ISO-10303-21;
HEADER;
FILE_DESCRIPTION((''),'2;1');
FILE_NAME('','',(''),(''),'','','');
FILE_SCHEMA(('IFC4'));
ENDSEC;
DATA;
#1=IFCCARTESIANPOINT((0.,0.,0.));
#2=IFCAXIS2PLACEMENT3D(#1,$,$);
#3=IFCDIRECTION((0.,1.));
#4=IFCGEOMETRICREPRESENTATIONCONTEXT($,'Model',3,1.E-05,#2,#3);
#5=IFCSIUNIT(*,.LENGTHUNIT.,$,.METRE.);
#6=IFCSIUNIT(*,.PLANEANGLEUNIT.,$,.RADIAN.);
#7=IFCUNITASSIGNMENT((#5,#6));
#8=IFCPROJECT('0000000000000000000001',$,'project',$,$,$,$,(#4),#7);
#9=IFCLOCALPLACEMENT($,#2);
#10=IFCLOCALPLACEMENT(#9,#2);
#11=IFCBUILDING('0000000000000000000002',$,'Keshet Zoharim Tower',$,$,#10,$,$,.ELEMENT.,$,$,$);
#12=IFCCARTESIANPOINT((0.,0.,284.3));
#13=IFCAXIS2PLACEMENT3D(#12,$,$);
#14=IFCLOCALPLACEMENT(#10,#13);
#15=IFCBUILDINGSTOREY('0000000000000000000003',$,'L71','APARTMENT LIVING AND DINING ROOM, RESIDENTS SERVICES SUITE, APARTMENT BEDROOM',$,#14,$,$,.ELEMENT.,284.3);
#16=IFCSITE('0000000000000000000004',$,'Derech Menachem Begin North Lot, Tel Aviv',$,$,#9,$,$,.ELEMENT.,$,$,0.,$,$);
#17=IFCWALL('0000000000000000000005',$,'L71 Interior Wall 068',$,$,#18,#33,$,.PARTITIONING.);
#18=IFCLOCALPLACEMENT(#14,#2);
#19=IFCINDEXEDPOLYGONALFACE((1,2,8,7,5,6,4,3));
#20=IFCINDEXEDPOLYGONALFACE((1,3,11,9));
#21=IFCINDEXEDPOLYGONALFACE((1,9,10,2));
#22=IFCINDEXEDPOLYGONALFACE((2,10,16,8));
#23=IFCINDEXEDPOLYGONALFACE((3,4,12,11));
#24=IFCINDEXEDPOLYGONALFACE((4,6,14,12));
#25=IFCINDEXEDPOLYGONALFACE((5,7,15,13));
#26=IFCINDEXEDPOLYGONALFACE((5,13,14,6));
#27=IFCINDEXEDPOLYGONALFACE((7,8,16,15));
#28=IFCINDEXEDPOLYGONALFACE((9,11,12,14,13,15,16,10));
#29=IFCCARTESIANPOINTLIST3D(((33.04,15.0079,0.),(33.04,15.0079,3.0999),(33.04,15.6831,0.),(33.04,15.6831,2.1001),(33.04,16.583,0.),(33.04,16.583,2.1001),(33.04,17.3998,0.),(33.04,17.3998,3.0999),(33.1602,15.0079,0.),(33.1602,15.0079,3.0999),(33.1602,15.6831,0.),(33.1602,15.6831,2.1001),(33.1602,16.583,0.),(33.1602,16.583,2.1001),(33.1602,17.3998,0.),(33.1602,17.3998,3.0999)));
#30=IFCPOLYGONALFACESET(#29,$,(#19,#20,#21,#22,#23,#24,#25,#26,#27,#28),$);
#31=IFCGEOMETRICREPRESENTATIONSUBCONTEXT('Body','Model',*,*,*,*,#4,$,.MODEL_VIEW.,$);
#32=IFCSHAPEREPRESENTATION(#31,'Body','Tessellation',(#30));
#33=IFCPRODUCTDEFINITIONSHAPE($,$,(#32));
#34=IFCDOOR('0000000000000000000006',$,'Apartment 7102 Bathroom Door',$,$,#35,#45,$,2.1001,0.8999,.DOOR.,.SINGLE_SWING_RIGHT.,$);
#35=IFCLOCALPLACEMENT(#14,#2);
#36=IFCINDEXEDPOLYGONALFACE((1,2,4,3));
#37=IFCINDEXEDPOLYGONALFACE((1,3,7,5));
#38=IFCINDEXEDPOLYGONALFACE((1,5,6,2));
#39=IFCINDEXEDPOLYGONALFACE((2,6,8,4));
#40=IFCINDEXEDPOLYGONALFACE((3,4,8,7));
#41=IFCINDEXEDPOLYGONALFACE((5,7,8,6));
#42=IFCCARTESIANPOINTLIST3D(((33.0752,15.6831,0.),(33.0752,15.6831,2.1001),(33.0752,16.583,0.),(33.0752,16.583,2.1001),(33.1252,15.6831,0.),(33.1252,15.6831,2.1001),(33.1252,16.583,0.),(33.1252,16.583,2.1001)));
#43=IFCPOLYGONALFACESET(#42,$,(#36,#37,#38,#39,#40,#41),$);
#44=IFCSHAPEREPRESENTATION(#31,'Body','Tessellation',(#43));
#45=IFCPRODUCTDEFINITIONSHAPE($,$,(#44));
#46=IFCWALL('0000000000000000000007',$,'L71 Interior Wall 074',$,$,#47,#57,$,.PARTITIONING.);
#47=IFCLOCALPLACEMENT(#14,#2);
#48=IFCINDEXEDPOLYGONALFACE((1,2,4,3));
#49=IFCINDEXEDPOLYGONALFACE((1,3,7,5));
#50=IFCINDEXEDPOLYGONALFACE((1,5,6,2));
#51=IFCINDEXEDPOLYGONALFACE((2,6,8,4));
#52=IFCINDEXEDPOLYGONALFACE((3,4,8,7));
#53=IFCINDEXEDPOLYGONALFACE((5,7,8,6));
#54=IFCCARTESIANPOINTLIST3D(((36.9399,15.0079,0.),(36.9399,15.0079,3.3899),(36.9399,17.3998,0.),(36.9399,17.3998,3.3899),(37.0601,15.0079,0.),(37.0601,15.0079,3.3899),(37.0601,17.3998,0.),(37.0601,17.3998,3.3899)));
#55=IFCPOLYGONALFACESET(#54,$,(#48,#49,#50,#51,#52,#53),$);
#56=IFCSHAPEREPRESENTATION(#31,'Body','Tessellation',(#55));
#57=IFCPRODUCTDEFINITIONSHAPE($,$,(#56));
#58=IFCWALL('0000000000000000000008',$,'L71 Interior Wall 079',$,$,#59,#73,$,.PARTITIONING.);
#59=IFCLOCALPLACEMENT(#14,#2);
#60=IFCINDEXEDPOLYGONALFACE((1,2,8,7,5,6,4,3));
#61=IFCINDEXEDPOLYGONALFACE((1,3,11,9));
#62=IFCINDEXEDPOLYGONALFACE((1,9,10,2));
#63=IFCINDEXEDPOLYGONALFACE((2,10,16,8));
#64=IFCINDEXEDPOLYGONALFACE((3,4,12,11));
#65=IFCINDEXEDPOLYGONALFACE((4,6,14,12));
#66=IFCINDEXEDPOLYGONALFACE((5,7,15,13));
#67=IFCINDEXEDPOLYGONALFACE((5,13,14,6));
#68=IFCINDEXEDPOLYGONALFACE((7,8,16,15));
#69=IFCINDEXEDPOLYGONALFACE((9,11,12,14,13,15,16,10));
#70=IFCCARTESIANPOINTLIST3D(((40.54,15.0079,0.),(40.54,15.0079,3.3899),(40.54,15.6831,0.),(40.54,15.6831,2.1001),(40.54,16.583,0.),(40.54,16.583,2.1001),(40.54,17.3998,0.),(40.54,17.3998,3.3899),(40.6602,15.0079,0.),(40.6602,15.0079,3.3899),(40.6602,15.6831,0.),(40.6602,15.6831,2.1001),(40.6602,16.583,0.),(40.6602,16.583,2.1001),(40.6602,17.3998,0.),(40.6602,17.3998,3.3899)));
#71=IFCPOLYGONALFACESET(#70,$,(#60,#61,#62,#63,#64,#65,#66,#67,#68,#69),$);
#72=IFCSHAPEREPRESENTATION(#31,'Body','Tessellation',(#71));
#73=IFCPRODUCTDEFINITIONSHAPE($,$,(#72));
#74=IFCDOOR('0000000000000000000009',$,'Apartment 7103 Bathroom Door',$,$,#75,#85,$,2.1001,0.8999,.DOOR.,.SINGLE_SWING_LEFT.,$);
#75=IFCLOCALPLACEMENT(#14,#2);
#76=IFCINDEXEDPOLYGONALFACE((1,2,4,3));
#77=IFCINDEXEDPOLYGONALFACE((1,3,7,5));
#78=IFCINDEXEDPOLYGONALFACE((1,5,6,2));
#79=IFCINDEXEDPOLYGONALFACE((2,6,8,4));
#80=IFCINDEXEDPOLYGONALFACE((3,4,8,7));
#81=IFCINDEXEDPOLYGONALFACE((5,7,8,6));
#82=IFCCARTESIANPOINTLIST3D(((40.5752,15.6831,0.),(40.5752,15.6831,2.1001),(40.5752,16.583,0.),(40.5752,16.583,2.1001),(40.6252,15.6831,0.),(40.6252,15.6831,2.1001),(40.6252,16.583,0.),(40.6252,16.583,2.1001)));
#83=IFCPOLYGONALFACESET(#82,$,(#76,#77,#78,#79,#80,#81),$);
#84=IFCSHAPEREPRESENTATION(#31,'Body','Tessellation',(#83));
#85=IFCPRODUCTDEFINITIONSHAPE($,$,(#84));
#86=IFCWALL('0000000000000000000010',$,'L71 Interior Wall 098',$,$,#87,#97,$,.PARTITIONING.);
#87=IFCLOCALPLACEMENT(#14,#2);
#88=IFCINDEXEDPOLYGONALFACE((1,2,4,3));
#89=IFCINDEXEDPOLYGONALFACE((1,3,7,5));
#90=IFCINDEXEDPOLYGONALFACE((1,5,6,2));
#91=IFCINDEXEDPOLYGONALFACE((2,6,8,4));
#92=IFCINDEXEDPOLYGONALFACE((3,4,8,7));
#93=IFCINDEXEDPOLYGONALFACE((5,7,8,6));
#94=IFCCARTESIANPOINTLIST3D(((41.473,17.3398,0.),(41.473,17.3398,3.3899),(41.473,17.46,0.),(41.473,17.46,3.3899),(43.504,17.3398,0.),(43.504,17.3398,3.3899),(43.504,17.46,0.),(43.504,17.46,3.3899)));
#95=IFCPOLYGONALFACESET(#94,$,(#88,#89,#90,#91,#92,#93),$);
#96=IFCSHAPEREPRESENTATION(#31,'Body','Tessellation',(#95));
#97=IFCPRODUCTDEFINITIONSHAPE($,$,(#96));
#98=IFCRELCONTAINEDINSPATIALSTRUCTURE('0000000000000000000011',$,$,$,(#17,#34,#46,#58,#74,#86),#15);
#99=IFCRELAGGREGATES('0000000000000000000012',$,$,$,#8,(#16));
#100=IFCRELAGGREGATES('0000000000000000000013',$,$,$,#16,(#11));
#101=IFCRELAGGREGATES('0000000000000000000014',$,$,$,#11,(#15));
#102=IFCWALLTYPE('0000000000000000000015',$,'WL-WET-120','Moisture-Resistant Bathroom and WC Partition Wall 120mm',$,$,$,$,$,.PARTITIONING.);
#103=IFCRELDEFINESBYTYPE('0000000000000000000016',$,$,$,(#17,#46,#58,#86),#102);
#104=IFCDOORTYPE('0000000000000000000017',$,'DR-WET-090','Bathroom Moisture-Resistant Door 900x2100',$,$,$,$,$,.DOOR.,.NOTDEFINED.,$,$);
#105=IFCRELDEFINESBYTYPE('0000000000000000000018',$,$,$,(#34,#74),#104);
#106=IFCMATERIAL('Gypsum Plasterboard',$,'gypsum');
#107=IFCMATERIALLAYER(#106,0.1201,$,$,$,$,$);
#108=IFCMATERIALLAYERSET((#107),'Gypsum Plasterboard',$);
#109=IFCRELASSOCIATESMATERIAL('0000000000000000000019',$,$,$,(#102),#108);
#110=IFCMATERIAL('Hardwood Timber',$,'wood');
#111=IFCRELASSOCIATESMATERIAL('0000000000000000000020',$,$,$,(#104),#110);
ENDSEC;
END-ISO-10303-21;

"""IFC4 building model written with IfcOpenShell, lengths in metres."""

from ifc_helpers import new_model, si_unit, direction, frame, frame_2d, origin, place, context, subcontext, project, spatial, rectangle, extrude, material, layer, layer_set, type_object, element, fill, save


model = new_model("IFC4")

# Units and contexts
model_context = context("Model", 3, precision=1e-05, world=origin(), true_north=direction((0.0, 1.0)))
body_context = subcontext(model_context, "Body", "Model", "MODEL_VIEW")
ifc_project = project(units=[si_unit("LENGTHUNIT", "METRE"), si_unit("PLANEANGLEUNIT", "RADIAN")], contexts=[model_context])

# Site, building, storey
site_placement = place(None, origin())
site = spatial("IfcSite", under=ifc_project, at=site_placement, Name="Derech Menachem Begin North Lot, Tel Aviv", CompositionType="ELEMENT", RefElevation=0.0)
building_placement = place(site_placement, origin())
building = spatial("IfcBuilding", under=site, at=building_placement, Name="Keshet Zoharim Tower", CompositionType="ELEMENT")
storey_placement = place(building_placement, frame((0.0, 0.0, 284.3)))
storey = spatial("IfcBuildingStorey", under=building, at=storey_placement, Name="L71", Description="APARTMENT LIVING AND DINING ROOM, RESIDENTS SERVICES SUITE, APARTMENT BEDROOM", CompositionType="ELEMENT", Elevation=284.3)

# Shared definitions
ifc_material_1 = material(Name="Gypsum Plasterboard", Category="gypsum")

# Shared definitions
ifc_material_2 = material(Name="Hardwood Timber", Category="wood")

# Wall, opening, door
ifc_layer_1 = layer(ifc_material_1, 0.1201)
ifc_layer_set_1 = layer_set([ifc_layer_1], Name="Gypsum Plasterboard")
wall_type_1 = type_object("IfcWallType", Name="WL-WET-120", Description="Moisture-Resistant Bathroom and WC Partition Wall 120mm", PredefinedType="PARTITIONING", material=ifc_layer_set_1)
wall_1_placement = place(storey_placement, frame((33.1001, 15.0081, 0.0), z_axis=(0.0, 0.0, 1.0), x_axis=(0.0, 1.0, 0.0)))
wall_1 = element("IfcWall", 1, at=wall_1_placement, inside=storey, type_object=wall_type_1, Name="L71 Interior Wall 068", PredefinedType="PARTITIONING", context=body_context, shape_type="SweptSolid", body=[
    extrude(rectangle(XDim=2.3918, YDim=0.1201, at=frame_2d((1.1958, 0.0))), origin(), (0.0, 0.0, 1.0), 3.0999),
])
opening_1_placement = place(wall_1_placement, frame((0.675, 0.0, 0.0)))
opening_1 = element("IfcOpeningElement", 2, at=opening_1_placement, cuts=wall_1, PredefinedType="OPENING", context=body_context, shape_type="SweptSolid", body=[
    extrude(rectangle(XDim=0.8999, YDim=2.1001, at=frame_2d((0.45, 1.05))), frame((0.0, 0.0701, 0.0), z_axis=(0.0, -1.0, 0.0), x_axis=(1.0, 0.0, 0.0)), (0.0, 0.0, 1.0), 0.1401),
])
door_type_1 = type_object("IfcDoorType", Name="DR-WET-090", Description="Bathroom Moisture-Resistant Door 900x2100", OperationType="NOTDEFINED", PredefinedType="DOOR", material=ifc_material_2)
door_1_placement = place(opening_1_placement, origin())
door_1 = element("IfcDoor", 3, at=door_1_placement, inside=storey, type_object=door_type_1, Name="Apartment 7102 Bathroom Door", OperationType="SINGLE_SWING_RIGHT", OverallHeight=2.1001, OverallWidth=0.8999, PredefinedType="DOOR", context=body_context, shape_type="SweptSolid", body=[
    extrude(rectangle(XDim=0.8999, YDim=2.1001, at=frame_2d((0.45, 1.05))), frame((0.0, 0.0249, 0.0), z_axis=(0.0, -1.0, 0.0), x_axis=(1.0, 0.0, 0.0)), (0.0, 0.0, 1.0), 0.05),
])
fill(opening_1, door_1)

# Wall
wall_2_placement = place(storey_placement, frame((37.0, 15.0081, 0.0), z_axis=(0.0, 0.0, 1.0), x_axis=(0.0, 1.0, 0.0)))
element("IfcWall", 4, at=wall_2_placement, inside=storey, type_object=wall_type_1, Name="L71 Interior Wall 074", PredefinedType="PARTITIONING", context=body_context, shape_type="SweptSolid", body=[
    extrude(rectangle(XDim=2.3918, YDim=0.1201, at=frame_2d((1.1958, 0.0))), origin(), (0.0, 0.0, 1.0), 3.3899),
])

# Wall, opening, door
wall_3_placement = place(storey_placement, frame((40.6001, 15.0081, 0.0), z_axis=(0.0, 0.0, 1.0), x_axis=(0.0, 1.0, 0.0)))
wall_3 = element("IfcWall", 5, at=wall_3_placement, inside=storey, type_object=wall_type_1, Name="L71 Interior Wall 079", PredefinedType="PARTITIONING", context=body_context, shape_type="SweptSolid", body=[
    extrude(rectangle(XDim=2.3918, YDim=0.1201, at=frame_2d((1.1958, 0.0))), origin(), (0.0, 0.0, 1.0), 3.3899),
])
opening_2_placement = place(wall_3_placement, frame((0.675, 0.0, 0.0)))
opening_2 = element("IfcOpeningElement", 6, at=opening_2_placement, cuts=wall_3, PredefinedType="OPENING", context=body_context, shape_type="SweptSolid", body=[
    extrude(rectangle(XDim=0.8999, YDim=2.1001, at=frame_2d((0.45, 1.05))), frame((0.0, 0.0701, 0.0), z_axis=(0.0, -1.0, 0.0), x_axis=(1.0, 0.0, 0.0)), (0.0, 0.0, 1.0), 0.1401),
])
door_2_placement = place(opening_2_placement, origin())
door_2 = element("IfcDoor", 7, at=door_2_placement, inside=storey, type_object=door_type_1, Name="Apartment 7103 Bathroom Door", OperationType="SINGLE_SWING_LEFT", OverallHeight=2.1001, OverallWidth=0.8999, PredefinedType="DOOR", context=body_context, shape_type="SweptSolid", body=[
    extrude(rectangle(XDim=0.8999, YDim=2.1001, at=frame_2d((0.45, 1.05))), frame((0.0, 0.0249, 0.0), z_axis=(0.0, -1.0, 0.0), x_axis=(1.0, 0.0, 0.0)), (0.0, 0.0, 1.0), 0.05),
])
fill(opening_2, door_2)

# Wall
wall_4_placement = place(storey_placement, frame((41.4729, 17.3999, 0.0), z_axis=(0.0, 0.0, 1.0), x_axis=(1.0, 0.0, 0.0)))
element("IfcWall", 8, at=wall_4_placement, inside=storey, type_object=wall_type_1, Name="L71 Interior Wall 098", PredefinedType="PARTITIONING", context=body_context, shape_type="SweptSolid", body=[
    extrude(rectangle(XDim=2.031, YDim=0.1201, at=frame_2d((1.0156, 0.0))), origin(), (0.0, 0.0, 1.0), 3.3899),
])

save(model, "model.ifc")
